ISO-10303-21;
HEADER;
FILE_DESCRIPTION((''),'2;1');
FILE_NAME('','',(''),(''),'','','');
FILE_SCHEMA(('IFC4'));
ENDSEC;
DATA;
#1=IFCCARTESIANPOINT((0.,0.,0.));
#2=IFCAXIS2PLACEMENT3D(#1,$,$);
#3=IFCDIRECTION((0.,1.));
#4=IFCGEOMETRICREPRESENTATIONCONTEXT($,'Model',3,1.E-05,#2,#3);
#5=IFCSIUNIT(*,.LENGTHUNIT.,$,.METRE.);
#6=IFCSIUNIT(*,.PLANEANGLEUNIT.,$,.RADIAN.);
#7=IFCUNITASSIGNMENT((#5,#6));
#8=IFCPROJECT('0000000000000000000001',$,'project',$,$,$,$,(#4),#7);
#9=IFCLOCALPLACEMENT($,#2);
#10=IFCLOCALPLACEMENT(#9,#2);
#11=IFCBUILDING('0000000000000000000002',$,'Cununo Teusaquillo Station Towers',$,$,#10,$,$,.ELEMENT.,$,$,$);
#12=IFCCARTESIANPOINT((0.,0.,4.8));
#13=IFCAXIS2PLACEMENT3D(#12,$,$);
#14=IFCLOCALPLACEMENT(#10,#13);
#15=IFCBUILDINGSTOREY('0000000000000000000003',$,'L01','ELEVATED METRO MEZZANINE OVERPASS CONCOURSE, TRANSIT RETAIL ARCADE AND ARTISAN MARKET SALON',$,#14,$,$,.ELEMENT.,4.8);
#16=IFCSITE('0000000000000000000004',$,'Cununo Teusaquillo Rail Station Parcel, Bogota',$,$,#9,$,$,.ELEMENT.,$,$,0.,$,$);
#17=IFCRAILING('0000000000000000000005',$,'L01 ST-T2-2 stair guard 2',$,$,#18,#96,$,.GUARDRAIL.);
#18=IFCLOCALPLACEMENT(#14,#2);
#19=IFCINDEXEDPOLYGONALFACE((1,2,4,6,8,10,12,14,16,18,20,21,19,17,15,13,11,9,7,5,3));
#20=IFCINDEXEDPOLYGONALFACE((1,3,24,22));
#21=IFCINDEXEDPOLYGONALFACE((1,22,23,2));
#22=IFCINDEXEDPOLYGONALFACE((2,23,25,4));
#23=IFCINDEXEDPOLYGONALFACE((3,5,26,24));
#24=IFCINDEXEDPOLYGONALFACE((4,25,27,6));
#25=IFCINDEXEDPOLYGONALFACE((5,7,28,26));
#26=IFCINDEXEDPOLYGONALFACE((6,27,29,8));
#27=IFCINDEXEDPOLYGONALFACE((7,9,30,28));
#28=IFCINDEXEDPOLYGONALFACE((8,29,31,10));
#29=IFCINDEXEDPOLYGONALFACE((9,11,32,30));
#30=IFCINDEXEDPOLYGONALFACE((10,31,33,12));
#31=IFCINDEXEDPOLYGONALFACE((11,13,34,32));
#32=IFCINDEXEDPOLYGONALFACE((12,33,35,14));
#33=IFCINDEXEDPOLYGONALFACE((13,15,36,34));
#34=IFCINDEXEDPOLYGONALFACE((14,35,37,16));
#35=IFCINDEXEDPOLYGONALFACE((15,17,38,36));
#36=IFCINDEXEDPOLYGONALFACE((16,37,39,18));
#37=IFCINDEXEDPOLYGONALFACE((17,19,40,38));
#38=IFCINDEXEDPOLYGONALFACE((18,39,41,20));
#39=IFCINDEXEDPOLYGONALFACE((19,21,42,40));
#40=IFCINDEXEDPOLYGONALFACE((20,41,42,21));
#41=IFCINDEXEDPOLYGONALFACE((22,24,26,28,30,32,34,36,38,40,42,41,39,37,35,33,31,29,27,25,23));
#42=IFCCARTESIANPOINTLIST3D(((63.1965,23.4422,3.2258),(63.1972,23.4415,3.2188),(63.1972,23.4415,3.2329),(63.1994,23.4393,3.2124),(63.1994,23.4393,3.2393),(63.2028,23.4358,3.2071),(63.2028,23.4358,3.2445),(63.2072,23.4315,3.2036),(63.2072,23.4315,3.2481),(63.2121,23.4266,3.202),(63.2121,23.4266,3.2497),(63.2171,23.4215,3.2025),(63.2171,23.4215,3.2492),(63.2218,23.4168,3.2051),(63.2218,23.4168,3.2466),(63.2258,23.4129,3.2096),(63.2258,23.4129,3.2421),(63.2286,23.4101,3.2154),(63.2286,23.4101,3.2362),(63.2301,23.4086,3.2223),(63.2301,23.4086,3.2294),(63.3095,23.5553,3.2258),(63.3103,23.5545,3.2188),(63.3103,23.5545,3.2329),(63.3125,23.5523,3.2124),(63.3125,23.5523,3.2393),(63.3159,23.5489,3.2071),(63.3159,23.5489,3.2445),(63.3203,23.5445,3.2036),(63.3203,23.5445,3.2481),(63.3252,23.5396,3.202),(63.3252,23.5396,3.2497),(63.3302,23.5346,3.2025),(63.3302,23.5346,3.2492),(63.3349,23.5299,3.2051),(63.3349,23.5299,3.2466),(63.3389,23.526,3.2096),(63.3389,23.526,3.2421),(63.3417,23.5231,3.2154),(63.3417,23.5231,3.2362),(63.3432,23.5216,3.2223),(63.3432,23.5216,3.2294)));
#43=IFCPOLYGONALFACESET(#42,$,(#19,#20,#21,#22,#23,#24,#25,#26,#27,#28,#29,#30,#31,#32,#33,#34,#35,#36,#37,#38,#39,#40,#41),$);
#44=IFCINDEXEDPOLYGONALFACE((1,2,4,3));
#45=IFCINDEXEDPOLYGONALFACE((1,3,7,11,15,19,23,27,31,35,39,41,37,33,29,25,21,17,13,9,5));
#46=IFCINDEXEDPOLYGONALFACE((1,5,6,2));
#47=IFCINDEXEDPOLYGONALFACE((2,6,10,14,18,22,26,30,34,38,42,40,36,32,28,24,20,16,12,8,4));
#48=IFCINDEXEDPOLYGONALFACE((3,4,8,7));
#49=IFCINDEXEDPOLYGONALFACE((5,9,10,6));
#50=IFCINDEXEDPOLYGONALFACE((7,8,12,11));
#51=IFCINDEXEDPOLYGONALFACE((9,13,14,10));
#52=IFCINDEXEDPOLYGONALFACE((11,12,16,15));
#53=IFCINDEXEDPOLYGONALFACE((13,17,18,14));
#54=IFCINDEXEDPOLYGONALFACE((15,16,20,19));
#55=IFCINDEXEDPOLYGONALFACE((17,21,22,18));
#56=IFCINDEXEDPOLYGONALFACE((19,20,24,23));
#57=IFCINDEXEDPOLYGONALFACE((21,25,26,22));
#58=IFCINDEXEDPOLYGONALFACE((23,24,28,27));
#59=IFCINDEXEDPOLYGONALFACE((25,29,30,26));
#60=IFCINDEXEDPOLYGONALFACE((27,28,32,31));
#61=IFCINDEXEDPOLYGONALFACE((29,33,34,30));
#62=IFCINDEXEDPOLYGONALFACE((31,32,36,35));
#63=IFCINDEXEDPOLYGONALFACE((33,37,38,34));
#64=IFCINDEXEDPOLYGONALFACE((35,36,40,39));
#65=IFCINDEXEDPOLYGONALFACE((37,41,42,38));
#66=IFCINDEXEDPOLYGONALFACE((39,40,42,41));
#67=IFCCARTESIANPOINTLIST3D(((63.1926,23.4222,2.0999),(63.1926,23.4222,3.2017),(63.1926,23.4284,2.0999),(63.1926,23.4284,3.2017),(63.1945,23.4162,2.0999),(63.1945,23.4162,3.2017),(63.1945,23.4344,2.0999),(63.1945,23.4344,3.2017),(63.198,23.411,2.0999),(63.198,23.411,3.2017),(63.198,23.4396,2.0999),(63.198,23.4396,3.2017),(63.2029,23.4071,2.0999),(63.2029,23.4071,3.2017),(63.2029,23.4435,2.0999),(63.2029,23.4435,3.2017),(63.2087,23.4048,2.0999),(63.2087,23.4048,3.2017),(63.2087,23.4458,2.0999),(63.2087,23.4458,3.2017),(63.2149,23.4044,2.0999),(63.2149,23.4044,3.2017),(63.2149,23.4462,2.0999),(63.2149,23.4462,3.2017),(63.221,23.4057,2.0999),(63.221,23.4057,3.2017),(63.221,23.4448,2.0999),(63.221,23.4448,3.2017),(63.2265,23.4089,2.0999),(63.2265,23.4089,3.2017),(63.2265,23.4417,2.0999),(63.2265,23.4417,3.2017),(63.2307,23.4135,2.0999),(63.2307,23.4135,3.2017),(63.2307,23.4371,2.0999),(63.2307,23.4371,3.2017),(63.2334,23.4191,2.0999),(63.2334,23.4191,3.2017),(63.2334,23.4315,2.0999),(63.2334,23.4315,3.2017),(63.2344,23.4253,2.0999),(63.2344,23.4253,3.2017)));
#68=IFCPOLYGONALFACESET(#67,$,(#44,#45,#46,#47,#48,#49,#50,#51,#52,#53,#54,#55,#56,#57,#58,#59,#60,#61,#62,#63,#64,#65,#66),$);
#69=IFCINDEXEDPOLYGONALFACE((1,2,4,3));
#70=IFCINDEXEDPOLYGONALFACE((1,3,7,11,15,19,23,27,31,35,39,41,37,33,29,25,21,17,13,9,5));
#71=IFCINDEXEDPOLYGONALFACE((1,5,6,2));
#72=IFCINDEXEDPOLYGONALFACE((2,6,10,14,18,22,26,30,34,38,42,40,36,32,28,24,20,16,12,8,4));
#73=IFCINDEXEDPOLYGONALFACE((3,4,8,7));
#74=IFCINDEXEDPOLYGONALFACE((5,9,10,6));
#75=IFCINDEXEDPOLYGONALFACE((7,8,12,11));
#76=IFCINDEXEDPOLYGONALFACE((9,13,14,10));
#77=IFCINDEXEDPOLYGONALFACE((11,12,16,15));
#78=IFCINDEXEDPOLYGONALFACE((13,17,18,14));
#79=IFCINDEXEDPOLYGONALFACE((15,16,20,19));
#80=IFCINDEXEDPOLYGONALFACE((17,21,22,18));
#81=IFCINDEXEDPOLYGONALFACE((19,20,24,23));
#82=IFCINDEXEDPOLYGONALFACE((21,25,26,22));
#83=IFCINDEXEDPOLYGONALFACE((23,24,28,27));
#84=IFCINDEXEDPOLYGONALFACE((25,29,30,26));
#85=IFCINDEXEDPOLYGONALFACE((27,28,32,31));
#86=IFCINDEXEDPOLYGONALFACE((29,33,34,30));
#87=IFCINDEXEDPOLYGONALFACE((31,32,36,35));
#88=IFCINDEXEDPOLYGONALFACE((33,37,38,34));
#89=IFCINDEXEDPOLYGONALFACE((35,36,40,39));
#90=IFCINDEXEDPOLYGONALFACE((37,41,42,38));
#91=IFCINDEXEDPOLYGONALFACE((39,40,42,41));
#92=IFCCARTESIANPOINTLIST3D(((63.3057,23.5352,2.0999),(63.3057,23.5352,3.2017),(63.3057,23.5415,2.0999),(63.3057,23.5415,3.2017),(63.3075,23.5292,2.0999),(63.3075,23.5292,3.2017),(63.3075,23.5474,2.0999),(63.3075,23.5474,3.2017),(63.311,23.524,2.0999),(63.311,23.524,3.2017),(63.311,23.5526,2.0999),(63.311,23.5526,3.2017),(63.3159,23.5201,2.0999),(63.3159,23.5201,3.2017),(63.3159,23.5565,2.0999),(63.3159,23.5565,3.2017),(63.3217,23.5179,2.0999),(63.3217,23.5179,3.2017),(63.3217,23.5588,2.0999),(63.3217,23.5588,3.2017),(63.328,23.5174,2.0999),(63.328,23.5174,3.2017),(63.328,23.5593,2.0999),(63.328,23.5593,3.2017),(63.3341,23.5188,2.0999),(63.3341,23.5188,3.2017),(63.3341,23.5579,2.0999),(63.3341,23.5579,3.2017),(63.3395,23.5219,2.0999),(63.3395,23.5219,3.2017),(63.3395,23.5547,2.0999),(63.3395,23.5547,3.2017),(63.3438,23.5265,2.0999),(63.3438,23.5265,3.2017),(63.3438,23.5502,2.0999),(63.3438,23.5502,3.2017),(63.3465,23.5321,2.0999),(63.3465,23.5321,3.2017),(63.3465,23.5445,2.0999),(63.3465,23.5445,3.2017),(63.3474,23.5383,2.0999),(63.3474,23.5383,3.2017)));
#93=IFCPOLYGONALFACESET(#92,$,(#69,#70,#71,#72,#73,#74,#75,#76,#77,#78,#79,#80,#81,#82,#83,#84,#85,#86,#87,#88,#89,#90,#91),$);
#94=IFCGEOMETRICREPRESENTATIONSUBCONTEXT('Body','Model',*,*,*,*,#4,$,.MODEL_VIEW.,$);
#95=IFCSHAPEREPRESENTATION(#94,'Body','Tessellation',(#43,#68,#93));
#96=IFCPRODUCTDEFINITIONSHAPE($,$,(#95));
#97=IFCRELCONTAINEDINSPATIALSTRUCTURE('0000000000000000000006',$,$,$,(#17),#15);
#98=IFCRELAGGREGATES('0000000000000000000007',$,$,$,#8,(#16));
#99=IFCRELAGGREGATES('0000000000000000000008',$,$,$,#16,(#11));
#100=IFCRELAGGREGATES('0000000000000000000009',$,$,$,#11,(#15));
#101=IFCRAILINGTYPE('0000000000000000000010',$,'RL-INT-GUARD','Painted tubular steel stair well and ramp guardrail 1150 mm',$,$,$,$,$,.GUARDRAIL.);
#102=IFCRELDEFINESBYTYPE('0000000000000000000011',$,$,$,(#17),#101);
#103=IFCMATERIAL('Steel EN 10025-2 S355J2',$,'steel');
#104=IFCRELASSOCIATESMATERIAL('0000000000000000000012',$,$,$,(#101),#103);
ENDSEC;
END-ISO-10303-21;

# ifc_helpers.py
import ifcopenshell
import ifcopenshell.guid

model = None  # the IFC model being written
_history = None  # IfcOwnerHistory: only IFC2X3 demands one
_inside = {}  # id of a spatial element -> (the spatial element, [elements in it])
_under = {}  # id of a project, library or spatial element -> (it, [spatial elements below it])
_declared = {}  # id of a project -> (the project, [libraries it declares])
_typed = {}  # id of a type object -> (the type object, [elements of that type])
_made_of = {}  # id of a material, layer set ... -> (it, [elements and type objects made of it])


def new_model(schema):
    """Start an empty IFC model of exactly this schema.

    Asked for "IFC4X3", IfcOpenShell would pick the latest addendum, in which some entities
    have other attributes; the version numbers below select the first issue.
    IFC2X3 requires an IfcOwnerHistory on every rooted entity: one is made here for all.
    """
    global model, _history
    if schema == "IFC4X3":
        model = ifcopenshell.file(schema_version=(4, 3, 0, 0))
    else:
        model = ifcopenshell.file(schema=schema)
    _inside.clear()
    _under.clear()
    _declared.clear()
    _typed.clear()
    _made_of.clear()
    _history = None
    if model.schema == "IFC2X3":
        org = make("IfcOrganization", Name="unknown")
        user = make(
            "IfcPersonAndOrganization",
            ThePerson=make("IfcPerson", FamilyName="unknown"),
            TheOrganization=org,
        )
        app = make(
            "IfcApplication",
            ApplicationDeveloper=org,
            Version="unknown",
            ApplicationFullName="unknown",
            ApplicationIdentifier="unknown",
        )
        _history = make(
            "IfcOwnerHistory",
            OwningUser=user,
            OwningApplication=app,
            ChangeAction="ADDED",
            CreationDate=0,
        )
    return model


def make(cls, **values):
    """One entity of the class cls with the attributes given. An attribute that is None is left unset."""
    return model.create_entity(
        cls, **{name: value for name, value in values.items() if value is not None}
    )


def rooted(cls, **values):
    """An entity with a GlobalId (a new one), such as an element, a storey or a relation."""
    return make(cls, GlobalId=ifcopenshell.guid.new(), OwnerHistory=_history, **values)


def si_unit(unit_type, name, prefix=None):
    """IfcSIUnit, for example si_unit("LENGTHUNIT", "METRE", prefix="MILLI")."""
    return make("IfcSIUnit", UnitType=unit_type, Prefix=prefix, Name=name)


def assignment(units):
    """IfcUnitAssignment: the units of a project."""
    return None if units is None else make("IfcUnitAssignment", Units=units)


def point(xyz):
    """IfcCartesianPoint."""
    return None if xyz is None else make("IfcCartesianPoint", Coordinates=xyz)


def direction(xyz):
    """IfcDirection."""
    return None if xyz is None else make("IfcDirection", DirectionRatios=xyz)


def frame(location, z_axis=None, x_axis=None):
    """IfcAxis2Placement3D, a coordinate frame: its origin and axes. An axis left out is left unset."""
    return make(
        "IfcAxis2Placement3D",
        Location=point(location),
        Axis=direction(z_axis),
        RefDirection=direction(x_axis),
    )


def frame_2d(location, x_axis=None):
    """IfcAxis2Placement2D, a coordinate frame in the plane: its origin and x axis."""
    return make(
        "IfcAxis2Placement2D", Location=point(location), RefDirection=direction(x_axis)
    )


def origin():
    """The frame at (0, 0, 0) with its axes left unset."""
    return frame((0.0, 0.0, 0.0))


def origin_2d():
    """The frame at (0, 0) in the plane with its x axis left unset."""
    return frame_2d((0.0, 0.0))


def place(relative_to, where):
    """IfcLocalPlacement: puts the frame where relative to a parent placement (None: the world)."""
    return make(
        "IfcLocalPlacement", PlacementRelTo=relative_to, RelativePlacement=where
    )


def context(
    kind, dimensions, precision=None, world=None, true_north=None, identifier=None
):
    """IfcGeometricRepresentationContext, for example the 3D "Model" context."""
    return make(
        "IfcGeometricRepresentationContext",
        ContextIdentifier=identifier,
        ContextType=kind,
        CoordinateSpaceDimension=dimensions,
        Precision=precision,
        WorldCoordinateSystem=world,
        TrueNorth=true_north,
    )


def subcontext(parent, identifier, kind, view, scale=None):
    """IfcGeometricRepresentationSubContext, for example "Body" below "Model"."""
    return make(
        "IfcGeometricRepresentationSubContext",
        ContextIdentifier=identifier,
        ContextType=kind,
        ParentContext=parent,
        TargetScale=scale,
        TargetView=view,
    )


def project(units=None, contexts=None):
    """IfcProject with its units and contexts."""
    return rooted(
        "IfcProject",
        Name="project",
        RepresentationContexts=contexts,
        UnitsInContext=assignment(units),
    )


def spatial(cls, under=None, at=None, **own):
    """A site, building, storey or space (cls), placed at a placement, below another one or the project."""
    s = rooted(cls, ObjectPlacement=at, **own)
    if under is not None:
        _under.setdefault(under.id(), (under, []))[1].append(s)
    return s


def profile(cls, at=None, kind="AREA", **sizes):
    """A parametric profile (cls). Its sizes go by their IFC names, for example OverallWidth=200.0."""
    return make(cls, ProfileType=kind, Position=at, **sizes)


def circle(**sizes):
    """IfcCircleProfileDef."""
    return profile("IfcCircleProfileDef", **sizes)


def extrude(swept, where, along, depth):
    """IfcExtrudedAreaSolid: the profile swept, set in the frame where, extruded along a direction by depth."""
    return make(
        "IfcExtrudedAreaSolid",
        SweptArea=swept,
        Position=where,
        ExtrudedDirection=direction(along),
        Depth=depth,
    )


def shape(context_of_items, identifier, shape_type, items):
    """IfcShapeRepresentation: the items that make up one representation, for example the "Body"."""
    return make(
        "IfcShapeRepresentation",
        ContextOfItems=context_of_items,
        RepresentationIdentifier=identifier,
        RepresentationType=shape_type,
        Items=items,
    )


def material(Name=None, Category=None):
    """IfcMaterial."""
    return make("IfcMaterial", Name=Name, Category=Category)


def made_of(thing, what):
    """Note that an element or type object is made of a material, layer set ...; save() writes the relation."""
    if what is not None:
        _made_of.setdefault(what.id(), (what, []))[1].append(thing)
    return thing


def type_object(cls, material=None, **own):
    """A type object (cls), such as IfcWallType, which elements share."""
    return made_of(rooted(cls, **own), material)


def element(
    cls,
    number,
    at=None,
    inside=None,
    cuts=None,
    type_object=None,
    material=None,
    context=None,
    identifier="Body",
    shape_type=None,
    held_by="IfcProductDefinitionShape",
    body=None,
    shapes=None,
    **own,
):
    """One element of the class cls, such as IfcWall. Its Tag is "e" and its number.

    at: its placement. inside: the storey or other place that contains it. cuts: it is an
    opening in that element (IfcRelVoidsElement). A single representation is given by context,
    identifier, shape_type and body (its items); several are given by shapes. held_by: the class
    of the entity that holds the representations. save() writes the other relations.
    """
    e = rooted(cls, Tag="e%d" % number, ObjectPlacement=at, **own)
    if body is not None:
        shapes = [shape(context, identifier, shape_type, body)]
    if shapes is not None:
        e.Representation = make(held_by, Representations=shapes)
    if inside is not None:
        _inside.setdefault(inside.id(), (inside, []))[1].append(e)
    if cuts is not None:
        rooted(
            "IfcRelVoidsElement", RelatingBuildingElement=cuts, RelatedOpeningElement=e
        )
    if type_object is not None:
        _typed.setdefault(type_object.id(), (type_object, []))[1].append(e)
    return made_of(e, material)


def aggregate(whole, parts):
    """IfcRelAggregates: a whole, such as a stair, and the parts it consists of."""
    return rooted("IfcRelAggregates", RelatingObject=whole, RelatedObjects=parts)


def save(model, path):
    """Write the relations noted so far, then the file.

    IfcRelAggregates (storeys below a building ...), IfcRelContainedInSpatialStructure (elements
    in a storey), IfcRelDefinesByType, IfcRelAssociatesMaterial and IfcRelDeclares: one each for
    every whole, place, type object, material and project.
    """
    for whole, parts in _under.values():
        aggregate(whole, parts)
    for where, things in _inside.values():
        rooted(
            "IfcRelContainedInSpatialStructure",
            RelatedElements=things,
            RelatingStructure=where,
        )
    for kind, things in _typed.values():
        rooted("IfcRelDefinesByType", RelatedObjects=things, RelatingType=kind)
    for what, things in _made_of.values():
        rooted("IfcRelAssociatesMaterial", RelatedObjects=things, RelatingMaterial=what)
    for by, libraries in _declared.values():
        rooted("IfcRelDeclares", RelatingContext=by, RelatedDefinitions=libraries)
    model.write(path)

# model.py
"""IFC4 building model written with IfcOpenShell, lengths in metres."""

from ifc_helpers import new_model, si_unit, direction, frame, origin, origin_2d, place, context, subcontext, project, spatial, circle, extrude, material, type_object, element, save


model = new_model("IFC4")

# Units and contexts
model_context = context("Model", 3, precision=1e-05, world=origin(), true_north=direction((0.0, 1.0)))
body_context = subcontext(model_context, "Body", "Model", "MODEL_VIEW")
ifc_project = project(units=[si_unit("LENGTHUNIT", "METRE"), si_unit("PLANEANGLEUNIT", "RADIAN")], contexts=[model_context])

# Site, building, storey
site_placement = place(None, origin())
site = spatial("IfcSite", under=ifc_project, at=site_placement, Name="Cununo Teusaquillo Rail Station Parcel, Bogota", CompositionType="ELEMENT", RefElevation=0.0)
building_placement = place(site_placement, origin())
building = spatial("IfcBuilding", under=site, at=building_placement, Name="Cununo Teusaquillo Station Towers", CompositionType="ELEMENT")
storey_placement = place(building_placement, frame((0.0, 0.0, 4.8)))
storey = spatial("IfcBuildingStorey", under=building, at=storey_placement, Name="L01", Description="ELEVATED METRO MEZZANINE OVERPASS CONCOURSE, TRANSIT RETAIL ARCADE AND ARTISAN MARKET SALON", CompositionType="ELEMENT", Elevation=4.8)

# Railing
ifc_material_1 = material(Name="Steel EN 10025-2 S355J2", Category="steel")
railing_type_1 = type_object("IfcRailingType", Name="RL-INT-GUARD", Description="Painted tubular steel stair well and ramp guardrail 1150 mm", PredefinedType="GUARDRAIL", material=ifc_material_1)
railing_1_placement = place(storey_placement, frame((63.2134, 23.4253, 2.0999)))
element("IfcRailing", 1, at=railing_1_placement, inside=storey, type_object=railing_type_1, Name="L01 ST-T2-2 stair guard 2", PredefinedType="GUARDRAIL", context=body_context, shape_type="SweptSolid", body=[
    extrude(circle(Radius=0.0239, at=origin_2d()), frame((0.0, 0.0, 1.126), z_axis=(0.707107, 0.707107, 0.0), x_axis=(-0.707107, 0.707107, 0.0)), (0.0, 0.0, 1.0), 0.1599),
    extrude(circle(Radius=0.021, at=origin_2d()), origin(), (0.0, 0.0, 1.0), 1.1018),
    extrude(circle(Radius=0.021, at=origin_2d()), frame((0.113, 0.113, 0.0)), (0.0, 0.0, 1.0), 1.1018),
])

save(model, "model.ifc")
